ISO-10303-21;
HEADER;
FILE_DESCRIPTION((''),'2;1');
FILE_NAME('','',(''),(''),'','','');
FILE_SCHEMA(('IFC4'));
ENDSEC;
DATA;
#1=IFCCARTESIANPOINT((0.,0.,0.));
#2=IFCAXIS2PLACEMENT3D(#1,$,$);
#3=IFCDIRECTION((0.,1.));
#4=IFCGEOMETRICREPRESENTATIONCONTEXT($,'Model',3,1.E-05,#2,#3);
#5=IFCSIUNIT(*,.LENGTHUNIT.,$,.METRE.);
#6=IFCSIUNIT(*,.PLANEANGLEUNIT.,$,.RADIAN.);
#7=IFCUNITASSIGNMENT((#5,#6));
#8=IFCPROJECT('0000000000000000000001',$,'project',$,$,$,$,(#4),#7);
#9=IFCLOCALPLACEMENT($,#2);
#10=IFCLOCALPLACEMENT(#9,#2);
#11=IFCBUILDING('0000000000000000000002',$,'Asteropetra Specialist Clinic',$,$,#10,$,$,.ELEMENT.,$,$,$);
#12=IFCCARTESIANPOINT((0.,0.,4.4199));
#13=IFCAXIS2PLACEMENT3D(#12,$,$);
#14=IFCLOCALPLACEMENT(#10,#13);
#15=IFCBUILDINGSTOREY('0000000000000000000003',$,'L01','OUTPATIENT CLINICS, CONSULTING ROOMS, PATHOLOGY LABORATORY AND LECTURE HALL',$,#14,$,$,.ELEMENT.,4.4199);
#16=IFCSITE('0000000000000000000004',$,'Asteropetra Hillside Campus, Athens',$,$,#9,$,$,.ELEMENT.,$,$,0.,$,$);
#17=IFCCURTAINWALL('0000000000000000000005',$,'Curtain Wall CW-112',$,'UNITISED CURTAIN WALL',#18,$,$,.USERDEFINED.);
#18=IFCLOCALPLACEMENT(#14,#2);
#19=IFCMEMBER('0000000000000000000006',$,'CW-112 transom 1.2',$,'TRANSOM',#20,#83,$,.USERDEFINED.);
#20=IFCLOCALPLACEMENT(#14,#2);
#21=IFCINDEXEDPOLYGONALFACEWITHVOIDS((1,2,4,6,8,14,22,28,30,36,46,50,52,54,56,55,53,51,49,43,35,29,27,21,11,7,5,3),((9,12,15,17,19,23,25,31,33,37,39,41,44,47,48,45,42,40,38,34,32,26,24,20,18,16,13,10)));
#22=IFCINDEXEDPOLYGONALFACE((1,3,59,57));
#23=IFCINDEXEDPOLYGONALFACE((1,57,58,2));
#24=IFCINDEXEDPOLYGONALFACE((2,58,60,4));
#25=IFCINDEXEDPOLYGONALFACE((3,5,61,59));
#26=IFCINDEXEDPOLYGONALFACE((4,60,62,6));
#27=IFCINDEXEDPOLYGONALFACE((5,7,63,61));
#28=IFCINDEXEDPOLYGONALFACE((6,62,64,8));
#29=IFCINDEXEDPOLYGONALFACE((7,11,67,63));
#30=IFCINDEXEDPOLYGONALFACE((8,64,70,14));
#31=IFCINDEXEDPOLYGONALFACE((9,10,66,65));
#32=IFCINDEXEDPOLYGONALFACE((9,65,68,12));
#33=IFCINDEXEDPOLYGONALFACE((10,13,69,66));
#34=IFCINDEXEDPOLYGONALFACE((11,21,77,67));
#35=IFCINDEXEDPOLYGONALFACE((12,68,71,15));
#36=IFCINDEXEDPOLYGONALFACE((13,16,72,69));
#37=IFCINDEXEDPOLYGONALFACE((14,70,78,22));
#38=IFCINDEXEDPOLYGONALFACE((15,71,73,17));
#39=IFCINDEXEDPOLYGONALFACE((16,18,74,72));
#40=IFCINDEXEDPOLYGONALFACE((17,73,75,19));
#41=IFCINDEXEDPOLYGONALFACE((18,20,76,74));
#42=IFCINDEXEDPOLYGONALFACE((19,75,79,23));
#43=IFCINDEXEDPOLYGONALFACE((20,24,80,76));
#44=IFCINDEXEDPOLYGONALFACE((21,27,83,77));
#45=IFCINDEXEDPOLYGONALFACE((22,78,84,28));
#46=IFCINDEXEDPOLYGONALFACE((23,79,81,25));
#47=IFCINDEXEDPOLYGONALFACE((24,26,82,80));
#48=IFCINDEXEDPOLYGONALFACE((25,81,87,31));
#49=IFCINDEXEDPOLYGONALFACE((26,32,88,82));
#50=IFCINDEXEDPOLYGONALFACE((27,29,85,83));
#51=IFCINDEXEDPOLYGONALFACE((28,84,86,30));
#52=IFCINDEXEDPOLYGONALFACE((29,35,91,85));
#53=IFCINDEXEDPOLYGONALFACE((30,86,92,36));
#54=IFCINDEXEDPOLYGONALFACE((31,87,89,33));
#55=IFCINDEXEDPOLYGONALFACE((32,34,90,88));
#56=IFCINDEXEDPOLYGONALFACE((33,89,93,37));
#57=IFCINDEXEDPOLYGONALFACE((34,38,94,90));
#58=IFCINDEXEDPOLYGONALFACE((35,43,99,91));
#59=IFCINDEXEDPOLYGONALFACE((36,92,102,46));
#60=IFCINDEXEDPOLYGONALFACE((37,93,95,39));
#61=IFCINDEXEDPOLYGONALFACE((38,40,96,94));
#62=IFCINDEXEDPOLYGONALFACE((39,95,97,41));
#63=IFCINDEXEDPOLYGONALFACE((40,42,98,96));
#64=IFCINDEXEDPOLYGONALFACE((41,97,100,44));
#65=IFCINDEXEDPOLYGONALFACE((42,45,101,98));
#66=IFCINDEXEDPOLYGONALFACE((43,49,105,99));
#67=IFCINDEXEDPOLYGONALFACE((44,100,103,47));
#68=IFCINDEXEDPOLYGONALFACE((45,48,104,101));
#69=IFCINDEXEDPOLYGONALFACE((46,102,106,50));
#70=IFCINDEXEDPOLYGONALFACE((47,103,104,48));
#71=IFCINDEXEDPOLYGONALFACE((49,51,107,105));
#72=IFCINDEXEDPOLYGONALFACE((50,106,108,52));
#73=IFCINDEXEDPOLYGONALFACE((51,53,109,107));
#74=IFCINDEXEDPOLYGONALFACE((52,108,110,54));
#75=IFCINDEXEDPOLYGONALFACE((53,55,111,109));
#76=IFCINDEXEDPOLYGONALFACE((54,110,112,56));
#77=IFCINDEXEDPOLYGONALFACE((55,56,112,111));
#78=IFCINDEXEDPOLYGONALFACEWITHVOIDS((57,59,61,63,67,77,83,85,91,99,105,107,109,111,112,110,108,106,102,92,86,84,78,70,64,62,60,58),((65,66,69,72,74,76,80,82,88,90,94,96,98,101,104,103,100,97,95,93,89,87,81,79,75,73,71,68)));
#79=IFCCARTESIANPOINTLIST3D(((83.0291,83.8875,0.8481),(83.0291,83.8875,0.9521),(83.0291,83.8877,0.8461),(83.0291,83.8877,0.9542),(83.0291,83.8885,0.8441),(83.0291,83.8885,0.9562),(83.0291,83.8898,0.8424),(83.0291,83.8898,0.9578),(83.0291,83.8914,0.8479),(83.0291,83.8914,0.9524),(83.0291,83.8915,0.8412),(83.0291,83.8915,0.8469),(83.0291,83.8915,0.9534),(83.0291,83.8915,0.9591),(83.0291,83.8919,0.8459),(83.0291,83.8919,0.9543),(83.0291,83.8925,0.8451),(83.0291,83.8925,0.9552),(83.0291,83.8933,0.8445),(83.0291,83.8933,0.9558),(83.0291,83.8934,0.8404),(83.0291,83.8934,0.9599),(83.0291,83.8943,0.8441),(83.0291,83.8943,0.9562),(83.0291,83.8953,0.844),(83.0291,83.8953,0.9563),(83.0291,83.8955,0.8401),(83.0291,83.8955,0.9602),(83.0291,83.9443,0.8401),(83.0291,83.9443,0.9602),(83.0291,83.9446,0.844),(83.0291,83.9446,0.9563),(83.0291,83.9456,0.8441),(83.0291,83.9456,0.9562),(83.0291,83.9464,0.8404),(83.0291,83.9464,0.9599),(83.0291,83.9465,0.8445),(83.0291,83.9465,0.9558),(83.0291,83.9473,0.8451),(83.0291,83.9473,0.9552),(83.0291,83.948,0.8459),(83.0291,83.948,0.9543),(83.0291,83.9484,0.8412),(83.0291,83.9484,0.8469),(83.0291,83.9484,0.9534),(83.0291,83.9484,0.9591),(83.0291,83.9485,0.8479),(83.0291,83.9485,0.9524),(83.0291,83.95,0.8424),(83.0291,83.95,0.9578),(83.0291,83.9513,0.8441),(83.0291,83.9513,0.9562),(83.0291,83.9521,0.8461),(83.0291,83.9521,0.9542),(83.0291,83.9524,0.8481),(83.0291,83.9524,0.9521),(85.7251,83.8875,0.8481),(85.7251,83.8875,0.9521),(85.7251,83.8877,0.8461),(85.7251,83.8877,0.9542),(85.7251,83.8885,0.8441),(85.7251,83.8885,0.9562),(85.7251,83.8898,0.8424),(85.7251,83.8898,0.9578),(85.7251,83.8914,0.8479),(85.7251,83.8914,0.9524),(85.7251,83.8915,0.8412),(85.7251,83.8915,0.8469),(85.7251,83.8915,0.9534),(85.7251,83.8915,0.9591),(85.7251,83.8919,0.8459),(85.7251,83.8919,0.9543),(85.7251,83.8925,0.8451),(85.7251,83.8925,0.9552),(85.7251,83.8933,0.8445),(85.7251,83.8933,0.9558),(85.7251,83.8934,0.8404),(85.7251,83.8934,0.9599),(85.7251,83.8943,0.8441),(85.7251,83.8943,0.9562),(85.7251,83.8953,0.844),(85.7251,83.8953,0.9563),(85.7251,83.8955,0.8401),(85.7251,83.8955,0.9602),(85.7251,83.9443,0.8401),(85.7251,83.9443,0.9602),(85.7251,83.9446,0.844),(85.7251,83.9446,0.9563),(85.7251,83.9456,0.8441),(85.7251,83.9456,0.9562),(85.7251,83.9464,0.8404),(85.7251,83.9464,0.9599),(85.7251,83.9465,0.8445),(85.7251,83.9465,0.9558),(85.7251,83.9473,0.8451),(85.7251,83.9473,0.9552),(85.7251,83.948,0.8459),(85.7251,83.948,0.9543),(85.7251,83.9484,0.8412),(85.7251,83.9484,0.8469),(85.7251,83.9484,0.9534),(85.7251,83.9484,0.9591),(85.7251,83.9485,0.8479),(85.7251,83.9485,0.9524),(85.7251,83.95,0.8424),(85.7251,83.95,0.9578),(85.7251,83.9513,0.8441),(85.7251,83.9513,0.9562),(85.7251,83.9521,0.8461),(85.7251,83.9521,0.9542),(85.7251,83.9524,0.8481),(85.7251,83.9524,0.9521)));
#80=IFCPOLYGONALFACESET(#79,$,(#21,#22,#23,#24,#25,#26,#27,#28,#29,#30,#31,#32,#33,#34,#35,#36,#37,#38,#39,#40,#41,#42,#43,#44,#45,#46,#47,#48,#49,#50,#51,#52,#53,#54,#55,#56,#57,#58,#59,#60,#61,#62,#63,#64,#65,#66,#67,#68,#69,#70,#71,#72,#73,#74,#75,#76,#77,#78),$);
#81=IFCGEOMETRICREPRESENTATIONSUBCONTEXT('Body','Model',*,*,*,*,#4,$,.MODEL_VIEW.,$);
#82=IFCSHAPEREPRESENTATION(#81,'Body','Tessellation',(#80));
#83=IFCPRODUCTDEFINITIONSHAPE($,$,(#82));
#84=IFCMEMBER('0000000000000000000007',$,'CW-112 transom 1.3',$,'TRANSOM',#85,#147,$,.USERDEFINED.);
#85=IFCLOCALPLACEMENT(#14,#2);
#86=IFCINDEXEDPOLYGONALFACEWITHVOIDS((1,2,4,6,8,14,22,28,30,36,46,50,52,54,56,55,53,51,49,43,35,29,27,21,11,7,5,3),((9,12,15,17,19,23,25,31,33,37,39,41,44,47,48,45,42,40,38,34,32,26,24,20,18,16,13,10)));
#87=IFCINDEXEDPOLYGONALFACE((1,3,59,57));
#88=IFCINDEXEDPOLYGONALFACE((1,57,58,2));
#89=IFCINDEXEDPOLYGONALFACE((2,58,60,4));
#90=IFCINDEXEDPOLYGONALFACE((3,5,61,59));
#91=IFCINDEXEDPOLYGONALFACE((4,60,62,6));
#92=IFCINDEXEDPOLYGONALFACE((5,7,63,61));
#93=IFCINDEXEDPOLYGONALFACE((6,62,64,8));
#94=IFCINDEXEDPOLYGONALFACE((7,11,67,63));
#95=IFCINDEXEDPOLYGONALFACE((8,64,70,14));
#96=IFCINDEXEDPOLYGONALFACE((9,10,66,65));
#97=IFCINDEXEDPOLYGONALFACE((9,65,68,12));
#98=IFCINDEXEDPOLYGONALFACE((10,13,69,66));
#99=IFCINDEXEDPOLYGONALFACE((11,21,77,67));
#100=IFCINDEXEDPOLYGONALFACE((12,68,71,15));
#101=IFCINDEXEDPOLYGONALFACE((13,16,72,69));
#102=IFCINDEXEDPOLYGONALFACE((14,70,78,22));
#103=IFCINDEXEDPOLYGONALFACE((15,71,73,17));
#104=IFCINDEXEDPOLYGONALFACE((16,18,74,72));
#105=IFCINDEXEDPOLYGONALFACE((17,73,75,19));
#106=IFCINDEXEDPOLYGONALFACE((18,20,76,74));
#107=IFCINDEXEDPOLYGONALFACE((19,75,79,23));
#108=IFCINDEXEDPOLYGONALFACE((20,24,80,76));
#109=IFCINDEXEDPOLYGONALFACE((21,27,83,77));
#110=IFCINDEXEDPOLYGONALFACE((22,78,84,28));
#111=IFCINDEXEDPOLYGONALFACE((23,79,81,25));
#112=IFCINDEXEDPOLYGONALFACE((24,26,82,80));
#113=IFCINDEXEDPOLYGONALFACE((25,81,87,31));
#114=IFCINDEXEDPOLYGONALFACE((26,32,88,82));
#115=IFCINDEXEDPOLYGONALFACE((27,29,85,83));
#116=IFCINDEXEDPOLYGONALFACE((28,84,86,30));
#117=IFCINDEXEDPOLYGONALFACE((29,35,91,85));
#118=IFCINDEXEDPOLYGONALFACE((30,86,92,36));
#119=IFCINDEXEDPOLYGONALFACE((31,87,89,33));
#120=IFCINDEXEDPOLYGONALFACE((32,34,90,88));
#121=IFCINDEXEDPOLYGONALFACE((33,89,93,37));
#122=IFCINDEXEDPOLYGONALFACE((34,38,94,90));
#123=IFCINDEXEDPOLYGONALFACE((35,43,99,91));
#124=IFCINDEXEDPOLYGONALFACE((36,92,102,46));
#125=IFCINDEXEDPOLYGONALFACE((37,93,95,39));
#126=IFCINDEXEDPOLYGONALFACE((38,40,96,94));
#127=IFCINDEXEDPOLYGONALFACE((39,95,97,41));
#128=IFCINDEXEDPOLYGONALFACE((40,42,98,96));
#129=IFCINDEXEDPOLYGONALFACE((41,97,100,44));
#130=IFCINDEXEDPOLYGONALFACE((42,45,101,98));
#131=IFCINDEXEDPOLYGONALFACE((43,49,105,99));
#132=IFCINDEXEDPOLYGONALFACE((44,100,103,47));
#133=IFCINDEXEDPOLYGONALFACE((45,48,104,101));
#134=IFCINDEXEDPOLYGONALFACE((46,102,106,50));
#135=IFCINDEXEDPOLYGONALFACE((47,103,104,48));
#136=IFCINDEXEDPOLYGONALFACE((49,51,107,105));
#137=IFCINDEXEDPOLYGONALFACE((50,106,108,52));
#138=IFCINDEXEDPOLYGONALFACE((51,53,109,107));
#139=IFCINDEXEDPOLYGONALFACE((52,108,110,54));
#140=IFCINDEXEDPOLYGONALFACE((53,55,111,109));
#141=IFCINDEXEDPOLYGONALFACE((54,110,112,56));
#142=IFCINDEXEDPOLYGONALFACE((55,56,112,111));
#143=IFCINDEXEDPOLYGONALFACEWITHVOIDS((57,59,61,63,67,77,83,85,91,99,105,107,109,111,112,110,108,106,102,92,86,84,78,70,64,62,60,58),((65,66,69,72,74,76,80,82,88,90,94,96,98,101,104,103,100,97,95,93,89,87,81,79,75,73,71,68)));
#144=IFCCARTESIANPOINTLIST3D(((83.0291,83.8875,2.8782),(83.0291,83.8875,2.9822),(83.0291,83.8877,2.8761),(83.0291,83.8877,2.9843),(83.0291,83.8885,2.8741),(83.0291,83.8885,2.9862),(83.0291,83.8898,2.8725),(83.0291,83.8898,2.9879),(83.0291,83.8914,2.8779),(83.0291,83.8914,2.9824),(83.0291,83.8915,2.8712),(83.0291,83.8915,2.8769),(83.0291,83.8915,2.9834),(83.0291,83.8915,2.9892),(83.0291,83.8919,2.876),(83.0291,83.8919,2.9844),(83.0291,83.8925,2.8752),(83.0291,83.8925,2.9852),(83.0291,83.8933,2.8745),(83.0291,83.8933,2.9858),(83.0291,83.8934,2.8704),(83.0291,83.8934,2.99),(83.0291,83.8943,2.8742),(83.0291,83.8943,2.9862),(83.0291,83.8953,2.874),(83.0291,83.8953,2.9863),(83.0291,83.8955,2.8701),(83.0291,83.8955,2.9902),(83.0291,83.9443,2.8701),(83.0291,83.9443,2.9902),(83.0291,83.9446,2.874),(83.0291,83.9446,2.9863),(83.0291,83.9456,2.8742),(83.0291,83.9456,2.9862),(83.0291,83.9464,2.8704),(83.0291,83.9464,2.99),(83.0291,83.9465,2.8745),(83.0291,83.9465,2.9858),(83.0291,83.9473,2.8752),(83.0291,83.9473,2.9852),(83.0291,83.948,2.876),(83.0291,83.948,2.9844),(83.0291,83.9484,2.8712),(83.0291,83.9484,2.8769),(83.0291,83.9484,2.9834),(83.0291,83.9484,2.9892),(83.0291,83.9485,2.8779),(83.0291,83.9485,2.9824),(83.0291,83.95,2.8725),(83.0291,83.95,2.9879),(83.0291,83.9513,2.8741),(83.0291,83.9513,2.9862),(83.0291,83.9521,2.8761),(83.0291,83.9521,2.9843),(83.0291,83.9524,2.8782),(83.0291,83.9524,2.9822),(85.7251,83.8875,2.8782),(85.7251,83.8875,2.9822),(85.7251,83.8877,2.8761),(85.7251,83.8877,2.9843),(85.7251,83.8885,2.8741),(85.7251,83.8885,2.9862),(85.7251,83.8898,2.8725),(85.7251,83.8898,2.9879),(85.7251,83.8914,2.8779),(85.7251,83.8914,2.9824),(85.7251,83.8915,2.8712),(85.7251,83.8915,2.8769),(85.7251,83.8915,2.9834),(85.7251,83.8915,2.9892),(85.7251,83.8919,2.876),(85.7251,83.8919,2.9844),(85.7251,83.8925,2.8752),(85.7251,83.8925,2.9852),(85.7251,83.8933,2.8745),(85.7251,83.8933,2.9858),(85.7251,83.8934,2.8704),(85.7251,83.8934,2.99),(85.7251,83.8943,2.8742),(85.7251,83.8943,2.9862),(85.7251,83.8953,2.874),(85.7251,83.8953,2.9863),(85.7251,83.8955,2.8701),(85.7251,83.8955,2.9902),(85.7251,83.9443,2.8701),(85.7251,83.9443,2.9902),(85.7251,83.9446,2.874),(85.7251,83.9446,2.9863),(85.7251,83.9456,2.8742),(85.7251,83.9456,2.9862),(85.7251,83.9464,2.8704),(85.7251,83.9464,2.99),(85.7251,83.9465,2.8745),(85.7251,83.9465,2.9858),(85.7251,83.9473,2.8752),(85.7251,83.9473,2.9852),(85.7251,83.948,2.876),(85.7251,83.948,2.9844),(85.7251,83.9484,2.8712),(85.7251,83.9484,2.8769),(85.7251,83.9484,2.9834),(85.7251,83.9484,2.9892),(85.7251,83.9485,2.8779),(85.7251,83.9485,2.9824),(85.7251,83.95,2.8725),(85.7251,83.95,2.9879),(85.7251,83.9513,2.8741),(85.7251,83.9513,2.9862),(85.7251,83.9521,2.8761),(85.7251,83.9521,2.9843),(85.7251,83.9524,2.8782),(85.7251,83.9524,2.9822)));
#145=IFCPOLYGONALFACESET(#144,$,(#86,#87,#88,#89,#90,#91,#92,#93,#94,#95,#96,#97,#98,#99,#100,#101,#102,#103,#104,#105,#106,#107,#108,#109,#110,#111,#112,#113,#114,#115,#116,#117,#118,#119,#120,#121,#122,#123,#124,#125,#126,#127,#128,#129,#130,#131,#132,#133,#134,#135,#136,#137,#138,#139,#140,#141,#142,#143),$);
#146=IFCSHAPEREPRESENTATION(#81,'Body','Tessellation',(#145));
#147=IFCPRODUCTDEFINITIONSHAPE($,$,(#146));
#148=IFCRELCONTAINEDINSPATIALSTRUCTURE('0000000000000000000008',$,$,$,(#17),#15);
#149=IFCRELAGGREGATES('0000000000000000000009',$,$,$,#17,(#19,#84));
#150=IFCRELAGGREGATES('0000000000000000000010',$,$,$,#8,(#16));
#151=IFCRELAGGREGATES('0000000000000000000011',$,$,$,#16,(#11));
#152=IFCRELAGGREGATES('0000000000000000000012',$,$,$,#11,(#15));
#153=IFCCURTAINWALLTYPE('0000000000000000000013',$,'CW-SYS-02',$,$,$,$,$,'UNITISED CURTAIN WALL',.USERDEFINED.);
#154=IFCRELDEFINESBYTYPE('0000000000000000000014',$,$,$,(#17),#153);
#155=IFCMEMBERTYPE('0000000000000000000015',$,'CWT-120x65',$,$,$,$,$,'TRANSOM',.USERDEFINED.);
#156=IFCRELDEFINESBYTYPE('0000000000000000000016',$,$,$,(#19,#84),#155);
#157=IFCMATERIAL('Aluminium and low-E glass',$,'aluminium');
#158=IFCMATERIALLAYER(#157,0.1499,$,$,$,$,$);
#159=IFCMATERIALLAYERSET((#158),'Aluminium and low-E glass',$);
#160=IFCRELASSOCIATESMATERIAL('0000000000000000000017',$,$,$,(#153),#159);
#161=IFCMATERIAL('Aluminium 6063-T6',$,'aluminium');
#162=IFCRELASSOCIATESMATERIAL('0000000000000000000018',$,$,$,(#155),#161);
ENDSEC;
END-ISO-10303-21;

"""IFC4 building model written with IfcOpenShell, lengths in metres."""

from ifc_helpers import new_model, si_unit, direction, frame, origin, origin_2d, place, context, subcontext, project, spatial, hollow_rectangle, extrude, material, layer, layer_set, material_profile, profile_set, type_object, element, aggregate, save


model = new_model("IFC4")

# Units and contexts
model_context = context("Model", 3, precision=1e-05, world=origin(), true_north=direction((0.0, 1.0)))
body_context = subcontext(model_context, "Body", "Model", "MODEL_VIEW")
ifc_project = project(units=[si_unit("LENGTHUNIT", "METRE"), si_unit("PLANEANGLEUNIT", "RADIAN")], contexts=[model_context])

# Site, building, storey
site_placement = place(None, origin())
site = spatial("IfcSite", under=ifc_project, at=site_placement, Name="Asteropetra Hillside Campus, Athens", CompositionType="ELEMENT", RefElevation=0.0)
building_placement = place(site_placement, origin())
building = spatial("IfcBuilding", under=site, at=building_placement, Name="Asteropetra Specialist Clinic", CompositionType="ELEMENT")
storey_placement = place(building_placement, frame((0.0, 0.0, 4.4199)))
storey = spatial("IfcBuildingStorey", under=building, at=storey_placement, Name="L01", Description="OUTPATIENT CLINICS, CONSULTING ROOMS, PATHOLOGY LABORATORY AND LECTURE HALL", CompositionType="ELEMENT", Elevation=4.4199)

# Curtain wall, members
ifc_material_1 = material(Name="Aluminium and low-E glass", Category="aluminium")
ifc_layer_1 = layer(ifc_material_1, 0.1499)
ifc_layer_set_1 = layer_set([ifc_layer_1], Name="Aluminium and low-E glass")
curtain_wall_type = type_object("IfcCurtainWallType", Name="CW-SYS-02", ElementType="UNITISED CURTAIN WALL", PredefinedType="USERDEFINED", material=ifc_layer_set_1)
curtain_wall_placement = place(storey_placement, origin())
curtain_wall = element("IfcCurtainWall", 1, at=curtain_wall_placement, inside=storey, type_object=curtain_wall_type, Name="Curtain Wall CW-112", ObjectType="UNITISED CURTAIN WALL", PredefinedType="USERDEFINED")
ifc_material_2 = material(Name="Aluminium 6063-T6", Category="aluminium")
ifc_material_profile_1 = material_profile(ifc_material_2, hollow_rectangle(XDim=0.0649, YDim=0.1201, WallThickness=0.0039, InnerFilletRadius=0.0039, OuterFilletRadius=0.0081, at=origin_2d()), Name="TRN 120x65x4.0")
ifc_profile_set_1 = profile_set([ifc_material_profile_1], Name="Aluminium 6063-T6")
member_type_1 = type_object("IfcMemberType", Name="CWT-120x65", ElementType="TRANSOM", PredefinedType="USERDEFINED", material=ifc_profile_set_1)
member_1_placement = place(storey_placement, frame((85.7251, 83.9199, 0.9001), z_axis=(-1.0, 0.0, 0.0), x_axis=(0.0, -1.0, 0.0)))
member_1 = element("IfcMember", 2, at=member_1_placement, type_object=member_type_1, Name="CW-112 transom 1.2", ObjectType="TRANSOM", PredefinedType="USERDEFINED", context=body_context, shape_type="SweptSolid", body=[
    extrude(hollow_rectangle(XDim=0.0649, YDim=0.1201, WallThickness=0.0039, InnerFilletRadius=0.0039, OuterFilletRadius=0.0081, at=origin_2d()), origin(), (0.0, 0.0, 1.0), 2.696),
])
member_2_placement = place(storey_placement, frame((85.7251, 83.9199, 2.9302), z_axis=(-1.0, 0.0, 0.0), x_axis=(0.0, -1.0, 0.0)))
member_2 = element("IfcMember", 3, at=member_2_placement, type_object=member_type_1, Name="CW-112 transom 1.3", ObjectType="TRANSOM", PredefinedType="USERDEFINED", context=body_context, shape_type="SweptSolid", body=[
    extrude(hollow_rectangle(XDim=0.0649, YDim=0.1201, WallThickness=0.0039, InnerFilletRadius=0.0039, OuterFilletRadius=0.0081, at=origin_2d()), origin(), (0.0, 0.0, 1.0), 2.696),
])
aggregate(curtain_wall, [member_1, member_2])

save(model, "model.ifc")
